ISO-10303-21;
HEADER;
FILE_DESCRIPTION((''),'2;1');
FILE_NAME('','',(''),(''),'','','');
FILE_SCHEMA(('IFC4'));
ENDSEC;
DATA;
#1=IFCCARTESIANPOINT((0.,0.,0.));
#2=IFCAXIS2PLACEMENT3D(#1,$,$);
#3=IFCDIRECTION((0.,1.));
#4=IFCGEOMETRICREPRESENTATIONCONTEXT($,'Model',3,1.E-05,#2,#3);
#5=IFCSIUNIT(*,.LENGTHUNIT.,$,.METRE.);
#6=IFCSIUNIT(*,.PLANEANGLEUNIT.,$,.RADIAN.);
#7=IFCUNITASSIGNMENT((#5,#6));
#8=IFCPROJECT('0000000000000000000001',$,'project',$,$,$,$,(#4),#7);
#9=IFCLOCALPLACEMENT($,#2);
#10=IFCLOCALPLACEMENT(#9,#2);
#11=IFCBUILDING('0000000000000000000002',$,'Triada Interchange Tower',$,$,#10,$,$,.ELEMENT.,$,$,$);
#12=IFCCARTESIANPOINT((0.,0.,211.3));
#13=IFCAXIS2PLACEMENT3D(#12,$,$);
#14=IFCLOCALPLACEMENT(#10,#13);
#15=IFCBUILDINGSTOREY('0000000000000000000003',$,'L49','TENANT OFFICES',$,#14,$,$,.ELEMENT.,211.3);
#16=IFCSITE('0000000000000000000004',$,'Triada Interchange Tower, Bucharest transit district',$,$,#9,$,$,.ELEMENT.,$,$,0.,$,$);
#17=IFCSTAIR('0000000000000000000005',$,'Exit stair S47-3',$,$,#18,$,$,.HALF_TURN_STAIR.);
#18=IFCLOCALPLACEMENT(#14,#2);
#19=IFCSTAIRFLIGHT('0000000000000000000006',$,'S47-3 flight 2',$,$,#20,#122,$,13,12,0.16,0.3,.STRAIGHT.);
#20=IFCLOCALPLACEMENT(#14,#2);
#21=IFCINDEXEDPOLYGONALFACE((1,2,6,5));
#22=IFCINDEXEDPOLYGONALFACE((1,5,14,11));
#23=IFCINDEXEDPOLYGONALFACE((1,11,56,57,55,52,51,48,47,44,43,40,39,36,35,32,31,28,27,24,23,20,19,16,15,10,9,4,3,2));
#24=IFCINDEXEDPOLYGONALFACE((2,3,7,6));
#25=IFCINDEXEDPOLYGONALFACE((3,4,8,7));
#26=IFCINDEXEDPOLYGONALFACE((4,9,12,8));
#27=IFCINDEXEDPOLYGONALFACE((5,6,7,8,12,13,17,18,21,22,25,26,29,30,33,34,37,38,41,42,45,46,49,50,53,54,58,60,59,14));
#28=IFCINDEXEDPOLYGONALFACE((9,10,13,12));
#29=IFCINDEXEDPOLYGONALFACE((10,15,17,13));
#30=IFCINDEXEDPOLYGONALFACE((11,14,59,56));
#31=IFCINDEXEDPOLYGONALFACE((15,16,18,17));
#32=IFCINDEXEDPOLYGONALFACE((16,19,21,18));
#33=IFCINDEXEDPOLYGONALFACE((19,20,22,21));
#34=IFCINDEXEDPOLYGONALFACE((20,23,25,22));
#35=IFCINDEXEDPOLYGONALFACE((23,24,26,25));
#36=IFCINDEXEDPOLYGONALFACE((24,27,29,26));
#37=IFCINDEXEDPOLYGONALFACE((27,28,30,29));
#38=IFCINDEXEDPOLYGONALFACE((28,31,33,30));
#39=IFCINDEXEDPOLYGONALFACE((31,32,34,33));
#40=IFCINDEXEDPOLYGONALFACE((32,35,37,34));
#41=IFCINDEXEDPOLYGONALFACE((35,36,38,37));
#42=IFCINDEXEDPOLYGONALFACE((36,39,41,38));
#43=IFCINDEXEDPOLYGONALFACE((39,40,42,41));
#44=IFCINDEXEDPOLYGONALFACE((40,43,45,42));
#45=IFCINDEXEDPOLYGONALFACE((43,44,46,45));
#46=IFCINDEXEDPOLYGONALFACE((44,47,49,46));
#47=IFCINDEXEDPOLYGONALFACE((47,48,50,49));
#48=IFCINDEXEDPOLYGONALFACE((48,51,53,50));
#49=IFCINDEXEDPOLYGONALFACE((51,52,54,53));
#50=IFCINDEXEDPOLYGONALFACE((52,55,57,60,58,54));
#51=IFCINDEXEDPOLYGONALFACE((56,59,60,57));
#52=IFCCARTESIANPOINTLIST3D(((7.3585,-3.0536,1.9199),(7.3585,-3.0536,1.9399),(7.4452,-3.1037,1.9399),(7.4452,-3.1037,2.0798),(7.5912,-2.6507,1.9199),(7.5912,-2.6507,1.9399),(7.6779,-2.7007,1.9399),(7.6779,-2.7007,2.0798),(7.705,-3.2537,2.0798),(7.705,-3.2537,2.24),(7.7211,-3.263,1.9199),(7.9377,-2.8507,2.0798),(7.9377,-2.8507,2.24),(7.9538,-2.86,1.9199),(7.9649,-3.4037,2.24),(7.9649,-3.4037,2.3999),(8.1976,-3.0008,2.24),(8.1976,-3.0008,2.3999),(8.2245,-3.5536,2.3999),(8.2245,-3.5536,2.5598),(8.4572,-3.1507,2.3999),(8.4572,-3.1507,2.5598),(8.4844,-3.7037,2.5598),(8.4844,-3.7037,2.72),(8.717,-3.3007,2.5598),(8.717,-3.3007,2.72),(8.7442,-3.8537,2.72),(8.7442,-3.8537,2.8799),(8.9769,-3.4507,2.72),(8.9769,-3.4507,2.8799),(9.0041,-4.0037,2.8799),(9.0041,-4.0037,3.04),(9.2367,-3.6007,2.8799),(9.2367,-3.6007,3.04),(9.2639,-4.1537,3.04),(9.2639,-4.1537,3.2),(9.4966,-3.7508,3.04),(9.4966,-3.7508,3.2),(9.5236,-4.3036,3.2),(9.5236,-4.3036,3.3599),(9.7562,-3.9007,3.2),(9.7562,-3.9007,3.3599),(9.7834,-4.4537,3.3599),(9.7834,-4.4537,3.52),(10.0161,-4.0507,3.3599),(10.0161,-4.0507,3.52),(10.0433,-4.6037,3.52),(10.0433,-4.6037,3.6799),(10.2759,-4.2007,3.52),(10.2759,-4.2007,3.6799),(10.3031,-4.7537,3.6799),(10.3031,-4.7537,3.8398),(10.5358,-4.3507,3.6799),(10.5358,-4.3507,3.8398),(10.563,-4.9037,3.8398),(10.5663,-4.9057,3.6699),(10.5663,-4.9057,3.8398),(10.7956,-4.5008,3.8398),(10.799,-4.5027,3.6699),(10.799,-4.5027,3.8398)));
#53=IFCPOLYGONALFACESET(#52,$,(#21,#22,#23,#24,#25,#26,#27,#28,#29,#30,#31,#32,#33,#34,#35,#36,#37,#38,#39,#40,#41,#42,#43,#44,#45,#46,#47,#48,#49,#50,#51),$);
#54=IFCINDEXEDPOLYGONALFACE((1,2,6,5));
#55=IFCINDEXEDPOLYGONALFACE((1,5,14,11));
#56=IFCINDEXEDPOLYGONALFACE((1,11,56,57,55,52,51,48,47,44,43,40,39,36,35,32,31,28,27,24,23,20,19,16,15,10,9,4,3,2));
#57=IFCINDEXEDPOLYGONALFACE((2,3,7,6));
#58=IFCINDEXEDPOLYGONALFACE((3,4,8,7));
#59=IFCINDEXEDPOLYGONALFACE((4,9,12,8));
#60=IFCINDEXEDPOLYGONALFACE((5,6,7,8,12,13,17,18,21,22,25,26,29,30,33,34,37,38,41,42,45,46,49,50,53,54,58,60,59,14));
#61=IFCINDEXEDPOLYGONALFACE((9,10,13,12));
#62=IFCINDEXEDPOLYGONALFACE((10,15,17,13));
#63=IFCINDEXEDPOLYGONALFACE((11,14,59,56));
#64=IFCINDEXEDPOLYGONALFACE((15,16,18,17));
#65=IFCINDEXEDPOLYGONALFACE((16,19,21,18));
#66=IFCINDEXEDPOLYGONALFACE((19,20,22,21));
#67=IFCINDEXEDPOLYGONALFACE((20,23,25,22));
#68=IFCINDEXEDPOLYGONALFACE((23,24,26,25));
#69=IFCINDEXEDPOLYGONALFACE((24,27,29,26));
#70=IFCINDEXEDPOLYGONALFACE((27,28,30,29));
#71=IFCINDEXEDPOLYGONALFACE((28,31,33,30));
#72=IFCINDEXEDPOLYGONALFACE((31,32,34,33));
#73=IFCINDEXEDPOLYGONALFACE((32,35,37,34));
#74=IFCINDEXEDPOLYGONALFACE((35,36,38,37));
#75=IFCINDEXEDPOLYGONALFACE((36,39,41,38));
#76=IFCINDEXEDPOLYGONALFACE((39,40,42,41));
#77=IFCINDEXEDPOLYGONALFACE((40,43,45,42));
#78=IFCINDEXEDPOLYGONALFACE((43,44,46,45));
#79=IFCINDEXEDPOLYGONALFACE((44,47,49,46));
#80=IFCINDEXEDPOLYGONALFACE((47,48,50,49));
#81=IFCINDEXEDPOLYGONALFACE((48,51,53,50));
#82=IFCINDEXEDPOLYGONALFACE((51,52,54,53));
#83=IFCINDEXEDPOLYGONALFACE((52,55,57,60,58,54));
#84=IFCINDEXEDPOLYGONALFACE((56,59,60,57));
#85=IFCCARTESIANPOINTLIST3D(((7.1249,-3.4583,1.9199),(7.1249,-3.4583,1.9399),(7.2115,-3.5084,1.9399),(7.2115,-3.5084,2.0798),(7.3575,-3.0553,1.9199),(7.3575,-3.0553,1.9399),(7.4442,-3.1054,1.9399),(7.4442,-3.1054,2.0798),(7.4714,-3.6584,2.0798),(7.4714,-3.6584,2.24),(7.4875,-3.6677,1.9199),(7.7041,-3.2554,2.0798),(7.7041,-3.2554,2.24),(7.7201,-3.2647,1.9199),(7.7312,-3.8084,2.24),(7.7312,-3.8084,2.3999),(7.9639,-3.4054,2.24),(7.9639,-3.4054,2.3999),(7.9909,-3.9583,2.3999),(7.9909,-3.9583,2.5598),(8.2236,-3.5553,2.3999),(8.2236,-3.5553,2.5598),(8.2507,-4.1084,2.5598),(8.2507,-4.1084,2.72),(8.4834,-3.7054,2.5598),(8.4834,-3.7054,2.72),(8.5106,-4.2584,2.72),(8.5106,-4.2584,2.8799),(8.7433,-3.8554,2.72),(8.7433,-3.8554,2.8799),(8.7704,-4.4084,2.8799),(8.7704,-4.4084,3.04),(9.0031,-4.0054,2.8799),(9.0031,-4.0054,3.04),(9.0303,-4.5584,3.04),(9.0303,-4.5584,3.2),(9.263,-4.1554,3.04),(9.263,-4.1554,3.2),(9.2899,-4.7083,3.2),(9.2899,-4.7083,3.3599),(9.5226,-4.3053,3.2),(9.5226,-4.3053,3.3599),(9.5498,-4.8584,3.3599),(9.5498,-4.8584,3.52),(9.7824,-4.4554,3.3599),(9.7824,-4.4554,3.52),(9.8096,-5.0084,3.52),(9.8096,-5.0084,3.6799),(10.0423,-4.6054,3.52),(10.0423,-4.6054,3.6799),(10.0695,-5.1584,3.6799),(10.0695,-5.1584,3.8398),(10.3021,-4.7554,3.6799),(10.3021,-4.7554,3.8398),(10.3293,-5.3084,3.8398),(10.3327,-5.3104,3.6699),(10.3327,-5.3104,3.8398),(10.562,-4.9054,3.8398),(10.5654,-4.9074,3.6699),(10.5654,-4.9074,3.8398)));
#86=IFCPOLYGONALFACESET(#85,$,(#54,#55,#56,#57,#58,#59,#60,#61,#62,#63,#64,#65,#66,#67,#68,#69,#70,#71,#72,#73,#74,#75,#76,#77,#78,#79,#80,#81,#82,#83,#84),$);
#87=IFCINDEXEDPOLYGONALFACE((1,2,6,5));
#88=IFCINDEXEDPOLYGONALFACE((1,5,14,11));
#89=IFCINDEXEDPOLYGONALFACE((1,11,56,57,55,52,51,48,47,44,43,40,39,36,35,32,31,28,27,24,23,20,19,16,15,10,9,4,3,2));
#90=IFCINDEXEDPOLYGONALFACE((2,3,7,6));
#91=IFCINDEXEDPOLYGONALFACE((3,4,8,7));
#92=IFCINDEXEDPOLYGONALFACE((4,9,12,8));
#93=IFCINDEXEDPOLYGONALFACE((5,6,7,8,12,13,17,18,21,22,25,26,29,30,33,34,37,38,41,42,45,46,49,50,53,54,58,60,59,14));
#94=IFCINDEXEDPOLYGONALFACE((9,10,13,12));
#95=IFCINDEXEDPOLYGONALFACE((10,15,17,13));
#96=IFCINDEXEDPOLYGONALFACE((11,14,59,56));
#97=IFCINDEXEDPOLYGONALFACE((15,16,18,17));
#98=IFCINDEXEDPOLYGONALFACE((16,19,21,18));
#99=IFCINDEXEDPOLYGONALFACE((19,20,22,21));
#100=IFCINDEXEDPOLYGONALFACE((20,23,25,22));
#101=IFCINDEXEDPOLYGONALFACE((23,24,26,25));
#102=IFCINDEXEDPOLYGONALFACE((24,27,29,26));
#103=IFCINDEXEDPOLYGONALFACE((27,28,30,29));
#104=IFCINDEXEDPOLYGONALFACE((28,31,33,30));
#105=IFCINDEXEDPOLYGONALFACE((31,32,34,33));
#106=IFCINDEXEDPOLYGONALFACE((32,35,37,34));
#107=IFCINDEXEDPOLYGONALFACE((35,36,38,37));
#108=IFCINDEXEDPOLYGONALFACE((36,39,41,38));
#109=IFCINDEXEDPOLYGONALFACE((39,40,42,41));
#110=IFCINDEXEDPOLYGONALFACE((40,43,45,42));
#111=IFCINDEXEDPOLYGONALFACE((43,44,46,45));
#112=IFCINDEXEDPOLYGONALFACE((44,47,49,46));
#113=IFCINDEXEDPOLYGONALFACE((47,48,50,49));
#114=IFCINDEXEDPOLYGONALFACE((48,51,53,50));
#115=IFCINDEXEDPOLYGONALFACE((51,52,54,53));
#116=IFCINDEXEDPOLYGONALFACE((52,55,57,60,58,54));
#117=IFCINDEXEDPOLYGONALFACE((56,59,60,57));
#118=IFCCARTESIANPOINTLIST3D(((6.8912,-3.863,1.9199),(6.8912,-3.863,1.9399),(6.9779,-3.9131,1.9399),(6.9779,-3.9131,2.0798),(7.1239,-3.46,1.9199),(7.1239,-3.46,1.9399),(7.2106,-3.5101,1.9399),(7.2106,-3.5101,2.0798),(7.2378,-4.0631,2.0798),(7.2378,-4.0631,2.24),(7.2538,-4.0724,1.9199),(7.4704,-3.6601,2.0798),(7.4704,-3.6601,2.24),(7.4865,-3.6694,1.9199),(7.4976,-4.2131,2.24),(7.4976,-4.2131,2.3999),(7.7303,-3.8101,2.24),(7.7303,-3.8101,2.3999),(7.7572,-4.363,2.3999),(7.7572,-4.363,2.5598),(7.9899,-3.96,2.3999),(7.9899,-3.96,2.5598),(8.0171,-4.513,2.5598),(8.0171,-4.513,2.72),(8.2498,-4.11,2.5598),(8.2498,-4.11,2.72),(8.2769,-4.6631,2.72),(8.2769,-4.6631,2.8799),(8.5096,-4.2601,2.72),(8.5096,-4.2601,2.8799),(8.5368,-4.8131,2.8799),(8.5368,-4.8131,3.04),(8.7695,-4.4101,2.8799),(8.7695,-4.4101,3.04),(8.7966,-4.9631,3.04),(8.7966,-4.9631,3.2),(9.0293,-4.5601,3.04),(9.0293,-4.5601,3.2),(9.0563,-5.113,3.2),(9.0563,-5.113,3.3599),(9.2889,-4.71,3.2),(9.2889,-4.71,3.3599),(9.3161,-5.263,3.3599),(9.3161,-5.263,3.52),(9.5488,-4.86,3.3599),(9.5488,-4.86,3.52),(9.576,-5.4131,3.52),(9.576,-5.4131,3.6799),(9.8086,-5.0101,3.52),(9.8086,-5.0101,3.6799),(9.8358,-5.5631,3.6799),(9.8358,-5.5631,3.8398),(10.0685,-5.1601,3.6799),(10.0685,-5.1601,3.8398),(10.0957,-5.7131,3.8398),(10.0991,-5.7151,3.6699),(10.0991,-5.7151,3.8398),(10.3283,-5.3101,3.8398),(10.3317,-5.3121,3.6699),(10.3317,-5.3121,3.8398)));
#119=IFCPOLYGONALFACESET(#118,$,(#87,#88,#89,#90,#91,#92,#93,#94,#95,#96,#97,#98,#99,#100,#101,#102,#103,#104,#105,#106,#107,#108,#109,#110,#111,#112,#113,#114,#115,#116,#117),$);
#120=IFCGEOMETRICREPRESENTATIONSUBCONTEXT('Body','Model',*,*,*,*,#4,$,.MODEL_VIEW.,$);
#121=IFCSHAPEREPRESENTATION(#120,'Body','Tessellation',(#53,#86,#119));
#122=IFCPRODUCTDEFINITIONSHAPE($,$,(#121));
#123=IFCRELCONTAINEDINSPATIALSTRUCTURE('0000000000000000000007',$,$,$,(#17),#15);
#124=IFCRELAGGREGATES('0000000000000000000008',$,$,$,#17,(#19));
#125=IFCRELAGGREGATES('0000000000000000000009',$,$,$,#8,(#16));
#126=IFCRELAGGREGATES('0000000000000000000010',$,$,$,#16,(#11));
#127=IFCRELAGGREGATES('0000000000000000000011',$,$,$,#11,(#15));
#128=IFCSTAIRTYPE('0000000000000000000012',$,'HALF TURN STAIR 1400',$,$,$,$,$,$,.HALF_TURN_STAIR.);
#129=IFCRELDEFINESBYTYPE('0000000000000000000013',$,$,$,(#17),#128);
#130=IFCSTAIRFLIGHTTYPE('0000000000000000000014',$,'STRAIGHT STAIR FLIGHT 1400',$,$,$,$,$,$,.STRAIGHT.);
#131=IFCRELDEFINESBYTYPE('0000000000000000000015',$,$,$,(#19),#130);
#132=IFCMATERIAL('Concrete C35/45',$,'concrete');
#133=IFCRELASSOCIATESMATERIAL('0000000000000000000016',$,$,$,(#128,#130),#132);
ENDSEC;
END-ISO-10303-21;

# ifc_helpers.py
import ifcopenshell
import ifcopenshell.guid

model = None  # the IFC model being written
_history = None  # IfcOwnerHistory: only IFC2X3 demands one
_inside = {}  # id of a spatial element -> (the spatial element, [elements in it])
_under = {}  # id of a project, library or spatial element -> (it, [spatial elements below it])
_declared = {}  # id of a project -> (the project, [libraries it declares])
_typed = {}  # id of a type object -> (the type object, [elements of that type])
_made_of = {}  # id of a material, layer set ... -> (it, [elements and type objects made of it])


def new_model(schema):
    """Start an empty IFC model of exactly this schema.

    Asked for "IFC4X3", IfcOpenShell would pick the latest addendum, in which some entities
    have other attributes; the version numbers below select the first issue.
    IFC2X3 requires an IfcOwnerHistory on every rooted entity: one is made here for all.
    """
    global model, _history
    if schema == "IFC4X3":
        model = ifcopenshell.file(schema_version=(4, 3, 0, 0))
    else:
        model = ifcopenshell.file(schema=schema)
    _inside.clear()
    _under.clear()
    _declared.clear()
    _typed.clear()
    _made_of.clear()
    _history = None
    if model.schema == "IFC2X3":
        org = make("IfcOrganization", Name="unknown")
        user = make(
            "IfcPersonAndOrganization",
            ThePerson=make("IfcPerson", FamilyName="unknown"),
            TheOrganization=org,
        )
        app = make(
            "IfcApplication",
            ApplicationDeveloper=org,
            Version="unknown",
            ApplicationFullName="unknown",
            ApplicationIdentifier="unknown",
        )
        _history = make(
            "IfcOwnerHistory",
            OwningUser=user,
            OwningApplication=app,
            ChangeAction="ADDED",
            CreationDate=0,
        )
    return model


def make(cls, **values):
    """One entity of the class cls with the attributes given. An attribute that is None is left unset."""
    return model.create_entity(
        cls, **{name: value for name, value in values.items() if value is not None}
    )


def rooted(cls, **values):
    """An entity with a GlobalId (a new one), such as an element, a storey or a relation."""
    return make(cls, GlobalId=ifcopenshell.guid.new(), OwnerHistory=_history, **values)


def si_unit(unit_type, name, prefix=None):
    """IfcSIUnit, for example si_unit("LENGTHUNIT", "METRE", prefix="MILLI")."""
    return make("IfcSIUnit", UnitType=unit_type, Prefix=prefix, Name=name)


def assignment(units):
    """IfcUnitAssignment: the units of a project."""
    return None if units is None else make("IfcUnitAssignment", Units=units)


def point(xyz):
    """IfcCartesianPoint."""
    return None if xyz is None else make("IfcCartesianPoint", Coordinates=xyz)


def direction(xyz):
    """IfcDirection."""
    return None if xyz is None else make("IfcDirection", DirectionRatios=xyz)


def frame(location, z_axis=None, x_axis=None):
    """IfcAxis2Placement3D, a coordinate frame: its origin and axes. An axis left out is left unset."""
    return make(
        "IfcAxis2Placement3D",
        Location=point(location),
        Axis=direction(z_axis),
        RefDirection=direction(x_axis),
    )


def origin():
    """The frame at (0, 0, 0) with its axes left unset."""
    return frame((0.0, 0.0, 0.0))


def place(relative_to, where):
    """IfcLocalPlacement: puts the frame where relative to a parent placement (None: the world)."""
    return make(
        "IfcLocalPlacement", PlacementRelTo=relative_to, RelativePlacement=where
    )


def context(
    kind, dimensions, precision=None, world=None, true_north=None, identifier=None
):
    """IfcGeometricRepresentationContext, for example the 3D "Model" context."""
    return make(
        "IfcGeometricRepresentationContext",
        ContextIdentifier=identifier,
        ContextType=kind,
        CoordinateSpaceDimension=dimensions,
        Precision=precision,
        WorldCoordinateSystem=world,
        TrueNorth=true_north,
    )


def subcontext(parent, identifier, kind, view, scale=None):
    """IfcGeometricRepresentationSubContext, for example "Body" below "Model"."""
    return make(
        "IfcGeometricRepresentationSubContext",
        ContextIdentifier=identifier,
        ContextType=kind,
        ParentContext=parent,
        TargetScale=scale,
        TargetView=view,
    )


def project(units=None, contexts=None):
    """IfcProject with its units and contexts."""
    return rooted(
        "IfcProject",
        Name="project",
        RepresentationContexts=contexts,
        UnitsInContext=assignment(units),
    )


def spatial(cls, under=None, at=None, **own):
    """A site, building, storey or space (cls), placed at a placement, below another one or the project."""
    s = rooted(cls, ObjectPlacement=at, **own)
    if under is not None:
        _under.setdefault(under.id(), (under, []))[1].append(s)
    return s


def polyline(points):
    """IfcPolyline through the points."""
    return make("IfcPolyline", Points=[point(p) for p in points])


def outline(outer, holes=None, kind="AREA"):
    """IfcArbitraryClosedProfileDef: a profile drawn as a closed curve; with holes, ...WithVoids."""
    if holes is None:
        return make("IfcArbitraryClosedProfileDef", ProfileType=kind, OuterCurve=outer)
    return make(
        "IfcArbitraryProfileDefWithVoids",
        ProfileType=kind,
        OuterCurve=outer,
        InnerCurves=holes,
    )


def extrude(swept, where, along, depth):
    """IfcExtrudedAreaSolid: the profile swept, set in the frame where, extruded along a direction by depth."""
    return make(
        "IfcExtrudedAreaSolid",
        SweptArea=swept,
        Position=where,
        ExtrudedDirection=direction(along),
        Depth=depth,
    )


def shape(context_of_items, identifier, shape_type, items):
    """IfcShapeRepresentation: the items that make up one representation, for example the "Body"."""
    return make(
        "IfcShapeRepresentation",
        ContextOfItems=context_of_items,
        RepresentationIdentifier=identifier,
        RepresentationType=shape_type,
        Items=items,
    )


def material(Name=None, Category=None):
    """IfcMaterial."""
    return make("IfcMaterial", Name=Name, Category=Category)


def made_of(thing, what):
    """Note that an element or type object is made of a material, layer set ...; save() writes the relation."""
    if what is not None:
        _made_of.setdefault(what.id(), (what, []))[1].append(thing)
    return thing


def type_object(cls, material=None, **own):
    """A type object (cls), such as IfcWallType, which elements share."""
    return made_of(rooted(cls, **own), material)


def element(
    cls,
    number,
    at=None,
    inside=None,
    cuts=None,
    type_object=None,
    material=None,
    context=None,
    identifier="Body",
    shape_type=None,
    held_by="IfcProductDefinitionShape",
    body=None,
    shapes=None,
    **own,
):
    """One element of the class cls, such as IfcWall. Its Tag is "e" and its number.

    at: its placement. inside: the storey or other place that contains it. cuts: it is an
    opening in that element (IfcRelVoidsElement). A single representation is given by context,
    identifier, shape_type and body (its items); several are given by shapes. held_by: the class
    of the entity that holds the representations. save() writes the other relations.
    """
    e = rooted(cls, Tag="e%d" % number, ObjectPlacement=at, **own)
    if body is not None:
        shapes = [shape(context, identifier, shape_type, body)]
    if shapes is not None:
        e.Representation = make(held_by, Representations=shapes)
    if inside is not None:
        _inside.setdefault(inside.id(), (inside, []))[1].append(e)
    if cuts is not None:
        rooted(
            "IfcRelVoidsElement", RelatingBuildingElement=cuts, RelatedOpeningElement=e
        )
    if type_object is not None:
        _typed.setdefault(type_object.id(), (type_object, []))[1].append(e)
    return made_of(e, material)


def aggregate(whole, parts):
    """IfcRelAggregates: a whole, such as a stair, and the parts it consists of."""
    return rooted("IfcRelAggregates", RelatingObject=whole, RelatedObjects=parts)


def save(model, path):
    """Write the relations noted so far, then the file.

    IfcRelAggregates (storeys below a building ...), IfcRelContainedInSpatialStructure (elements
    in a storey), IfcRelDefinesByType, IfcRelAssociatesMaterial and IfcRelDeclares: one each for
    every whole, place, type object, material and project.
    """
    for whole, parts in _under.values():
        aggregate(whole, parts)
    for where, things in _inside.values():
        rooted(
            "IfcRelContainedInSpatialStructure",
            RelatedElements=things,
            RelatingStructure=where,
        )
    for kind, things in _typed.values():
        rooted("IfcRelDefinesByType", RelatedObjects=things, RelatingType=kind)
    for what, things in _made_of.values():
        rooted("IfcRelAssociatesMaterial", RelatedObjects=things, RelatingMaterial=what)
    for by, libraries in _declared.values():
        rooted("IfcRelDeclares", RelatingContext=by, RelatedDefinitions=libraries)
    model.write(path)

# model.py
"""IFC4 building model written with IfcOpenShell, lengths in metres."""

from ifc_helpers import new_model, si_unit, direction, frame, origin, place, context, subcontext, project, spatial, polyline, outline, extrude, material, type_object, element, aggregate, save


model = new_model("IFC4")

# Units and contexts
model_context = context("Model", 3, precision=1e-05, world=origin(), true_north=direction((0.0, 1.0)))
body_context = subcontext(model_context, "Body", "Model", "MODEL_VIEW")
ifc_project = project(units=[si_unit("LENGTHUNIT", "METRE"), si_unit("PLANEANGLEUNIT", "RADIAN")], contexts=[model_context])

# Site, building, storey
site_placement = place(None, origin())
site = spatial("IfcSite", under=ifc_project, at=site_placement, Name="Triada Interchange Tower, Bucharest transit district", CompositionType="ELEMENT", RefElevation=0.0)
building_placement = place(site_placement, origin())
building = spatial("IfcBuilding", under=site, at=building_placement, Name="Triada Interchange Tower", CompositionType="ELEMENT")
storey_placement = place(building_placement, frame((0.0, 0.0, 211.3)))
storey = spatial("IfcBuildingStorey", under=building, at=storey_placement, Name="L49", Description="TENANT OFFICES", CompositionType="ELEMENT", Elevation=211.3)

# Stair, stair flight
ifc_material_1 = material(Name="Concrete C35/45", Category="concrete")
stair_type = type_object("IfcStairType", Name="HALF TURN STAIR 1400", PredefinedType="HALF_TURN_STAIR", material=ifc_material_1)
stair_placement = place(storey_placement, origin())
stair = element("IfcStair", 1, at=stair_placement, inside=storey, type_object=stair_type, Name="Exit stair S47-3", PredefinedType="HALF_TURN_STAIR")
stair_flight_type = type_object("IfcStairFlightType", Name="STRAIGHT STAIR FLIGHT 1400", PredefinedType="STRAIGHT", material=ifc_material_1)
stair_flight_1_placement = place(storey_placement, frame((7.3279, -3.3069, 1.9199), z_axis=(0.0, 0.0, 1.0), x_axis=(0.866025, -0.5, 0.0)))
stair_flight_1 = element("IfcStairFlight", 2, at=stair_flight_1_placement, type_object=stair_flight_type, Name="S47-3 flight 2", NumberOfRisers=13, NumberOfTreads=12, PredefinedType="STRAIGHT", RiserHeight=0.16, TreadLength=0.3, context=body_context, shape_type="SweptSolid", body=[
    extrude(outline(polyline([(-0.1001, 0.0), (-0.1001, 0.02), (0.0, 0.02), (0.0, 0.1599), (0.3, 0.1599), (0.3, 0.3201), (0.6001, 0.3201), (0.6001, 0.48), (0.8999, 0.48), (0.8999, 0.6399), (1.2, 0.6399), (1.2, 0.8), (1.5, 0.8), (1.5, 0.96), (1.8, 0.96), (1.8, 1.1201), (2.1001, 1.1201), (2.1001, 1.28), (2.3999, 1.28), (2.3999, 1.4399), (2.7, 1.4399), (2.7, 1.6001), (3.0, 1.6001), (3.0, 1.76), (3.3, 1.76), (3.3, 1.9199), (3.6001, 1.9199), (3.604, 1.9199), (3.604, 2.0801), (3.604, 1.75), (0.3186, 0.0), (-0.1001, 0.0)])), frame((0.0, 0.7, 0.0), z_axis=(0.0, -1.0, 0.0), x_axis=(1.0, 0.0, 0.0)), (0.0, 0.0, 1.0), 0.4653),
    extrude(outline(polyline([(-0.1001, 0.0), (-0.1001, 0.02), (0.0, 0.02), (0.0, 0.1599), (0.3, 0.1599), (0.3, 0.3201), (0.6001, 0.3201), (0.6001, 0.48), (0.8999, 0.48), (0.8999, 0.6399), (1.2, 0.6399), (1.2, 0.8), (1.5, 0.8), (1.5, 0.96), (1.8, 0.96), (1.8, 1.1201), (2.1001, 1.1201), (2.1001, 1.28), (2.3999, 1.28), (2.3999, 1.4399), (2.7, 1.4399), (2.7, 1.6001), (3.0, 1.6001), (3.0, 1.76), (3.3, 1.76), (3.3, 1.9199), (3.6001, 1.9199), (3.604, 1.9199), (3.604, 2.0801), (3.604, 1.75), (0.3186, 0.0), (-0.1001, 0.0)])), frame((0.0, 0.2327, 0.0), z_axis=(0.0, -1.0, 0.0), x_axis=(1.0, 0.0, 0.0)), (0.0, 0.0, 1.0), 0.4653),
    extrude(outline(polyline([(-0.1001, 0.0), (-0.1001, 0.02), (0.0, 0.02), (0.0, 0.1599), (0.3, 0.1599), (0.3, 0.3201), (0.6001, 0.3201), (0.6001, 0.48), (0.8999, 0.48), (0.8999, 0.6399), (1.2, 0.6399), (1.2, 0.8), (1.5, 0.8), (1.5, 0.96), (1.8, 0.96), (1.8, 1.1201), (2.1001, 1.1201), (2.1001, 1.28), (2.3999, 1.28), (2.3999, 1.4399), (2.7, 1.4399), (2.7, 1.6001), (3.0, 1.6001), (3.0, 1.76), (3.3, 1.76), (3.3, 1.9199), (3.6001, 1.9199), (3.604, 1.9199), (3.604, 2.0801), (3.604, 1.75), (0.3186, 0.0), (-0.1001, 0.0)])), frame((0.0, -0.2346, 0.0), z_axis=(0.0, -1.0, 0.0), x_axis=(1.0, 0.0, 0.0)), (0.0, 0.0, 1.0), 0.4653),
])
aggregate(stair, [stair_flight_1])

save(model, "model.ifc")
